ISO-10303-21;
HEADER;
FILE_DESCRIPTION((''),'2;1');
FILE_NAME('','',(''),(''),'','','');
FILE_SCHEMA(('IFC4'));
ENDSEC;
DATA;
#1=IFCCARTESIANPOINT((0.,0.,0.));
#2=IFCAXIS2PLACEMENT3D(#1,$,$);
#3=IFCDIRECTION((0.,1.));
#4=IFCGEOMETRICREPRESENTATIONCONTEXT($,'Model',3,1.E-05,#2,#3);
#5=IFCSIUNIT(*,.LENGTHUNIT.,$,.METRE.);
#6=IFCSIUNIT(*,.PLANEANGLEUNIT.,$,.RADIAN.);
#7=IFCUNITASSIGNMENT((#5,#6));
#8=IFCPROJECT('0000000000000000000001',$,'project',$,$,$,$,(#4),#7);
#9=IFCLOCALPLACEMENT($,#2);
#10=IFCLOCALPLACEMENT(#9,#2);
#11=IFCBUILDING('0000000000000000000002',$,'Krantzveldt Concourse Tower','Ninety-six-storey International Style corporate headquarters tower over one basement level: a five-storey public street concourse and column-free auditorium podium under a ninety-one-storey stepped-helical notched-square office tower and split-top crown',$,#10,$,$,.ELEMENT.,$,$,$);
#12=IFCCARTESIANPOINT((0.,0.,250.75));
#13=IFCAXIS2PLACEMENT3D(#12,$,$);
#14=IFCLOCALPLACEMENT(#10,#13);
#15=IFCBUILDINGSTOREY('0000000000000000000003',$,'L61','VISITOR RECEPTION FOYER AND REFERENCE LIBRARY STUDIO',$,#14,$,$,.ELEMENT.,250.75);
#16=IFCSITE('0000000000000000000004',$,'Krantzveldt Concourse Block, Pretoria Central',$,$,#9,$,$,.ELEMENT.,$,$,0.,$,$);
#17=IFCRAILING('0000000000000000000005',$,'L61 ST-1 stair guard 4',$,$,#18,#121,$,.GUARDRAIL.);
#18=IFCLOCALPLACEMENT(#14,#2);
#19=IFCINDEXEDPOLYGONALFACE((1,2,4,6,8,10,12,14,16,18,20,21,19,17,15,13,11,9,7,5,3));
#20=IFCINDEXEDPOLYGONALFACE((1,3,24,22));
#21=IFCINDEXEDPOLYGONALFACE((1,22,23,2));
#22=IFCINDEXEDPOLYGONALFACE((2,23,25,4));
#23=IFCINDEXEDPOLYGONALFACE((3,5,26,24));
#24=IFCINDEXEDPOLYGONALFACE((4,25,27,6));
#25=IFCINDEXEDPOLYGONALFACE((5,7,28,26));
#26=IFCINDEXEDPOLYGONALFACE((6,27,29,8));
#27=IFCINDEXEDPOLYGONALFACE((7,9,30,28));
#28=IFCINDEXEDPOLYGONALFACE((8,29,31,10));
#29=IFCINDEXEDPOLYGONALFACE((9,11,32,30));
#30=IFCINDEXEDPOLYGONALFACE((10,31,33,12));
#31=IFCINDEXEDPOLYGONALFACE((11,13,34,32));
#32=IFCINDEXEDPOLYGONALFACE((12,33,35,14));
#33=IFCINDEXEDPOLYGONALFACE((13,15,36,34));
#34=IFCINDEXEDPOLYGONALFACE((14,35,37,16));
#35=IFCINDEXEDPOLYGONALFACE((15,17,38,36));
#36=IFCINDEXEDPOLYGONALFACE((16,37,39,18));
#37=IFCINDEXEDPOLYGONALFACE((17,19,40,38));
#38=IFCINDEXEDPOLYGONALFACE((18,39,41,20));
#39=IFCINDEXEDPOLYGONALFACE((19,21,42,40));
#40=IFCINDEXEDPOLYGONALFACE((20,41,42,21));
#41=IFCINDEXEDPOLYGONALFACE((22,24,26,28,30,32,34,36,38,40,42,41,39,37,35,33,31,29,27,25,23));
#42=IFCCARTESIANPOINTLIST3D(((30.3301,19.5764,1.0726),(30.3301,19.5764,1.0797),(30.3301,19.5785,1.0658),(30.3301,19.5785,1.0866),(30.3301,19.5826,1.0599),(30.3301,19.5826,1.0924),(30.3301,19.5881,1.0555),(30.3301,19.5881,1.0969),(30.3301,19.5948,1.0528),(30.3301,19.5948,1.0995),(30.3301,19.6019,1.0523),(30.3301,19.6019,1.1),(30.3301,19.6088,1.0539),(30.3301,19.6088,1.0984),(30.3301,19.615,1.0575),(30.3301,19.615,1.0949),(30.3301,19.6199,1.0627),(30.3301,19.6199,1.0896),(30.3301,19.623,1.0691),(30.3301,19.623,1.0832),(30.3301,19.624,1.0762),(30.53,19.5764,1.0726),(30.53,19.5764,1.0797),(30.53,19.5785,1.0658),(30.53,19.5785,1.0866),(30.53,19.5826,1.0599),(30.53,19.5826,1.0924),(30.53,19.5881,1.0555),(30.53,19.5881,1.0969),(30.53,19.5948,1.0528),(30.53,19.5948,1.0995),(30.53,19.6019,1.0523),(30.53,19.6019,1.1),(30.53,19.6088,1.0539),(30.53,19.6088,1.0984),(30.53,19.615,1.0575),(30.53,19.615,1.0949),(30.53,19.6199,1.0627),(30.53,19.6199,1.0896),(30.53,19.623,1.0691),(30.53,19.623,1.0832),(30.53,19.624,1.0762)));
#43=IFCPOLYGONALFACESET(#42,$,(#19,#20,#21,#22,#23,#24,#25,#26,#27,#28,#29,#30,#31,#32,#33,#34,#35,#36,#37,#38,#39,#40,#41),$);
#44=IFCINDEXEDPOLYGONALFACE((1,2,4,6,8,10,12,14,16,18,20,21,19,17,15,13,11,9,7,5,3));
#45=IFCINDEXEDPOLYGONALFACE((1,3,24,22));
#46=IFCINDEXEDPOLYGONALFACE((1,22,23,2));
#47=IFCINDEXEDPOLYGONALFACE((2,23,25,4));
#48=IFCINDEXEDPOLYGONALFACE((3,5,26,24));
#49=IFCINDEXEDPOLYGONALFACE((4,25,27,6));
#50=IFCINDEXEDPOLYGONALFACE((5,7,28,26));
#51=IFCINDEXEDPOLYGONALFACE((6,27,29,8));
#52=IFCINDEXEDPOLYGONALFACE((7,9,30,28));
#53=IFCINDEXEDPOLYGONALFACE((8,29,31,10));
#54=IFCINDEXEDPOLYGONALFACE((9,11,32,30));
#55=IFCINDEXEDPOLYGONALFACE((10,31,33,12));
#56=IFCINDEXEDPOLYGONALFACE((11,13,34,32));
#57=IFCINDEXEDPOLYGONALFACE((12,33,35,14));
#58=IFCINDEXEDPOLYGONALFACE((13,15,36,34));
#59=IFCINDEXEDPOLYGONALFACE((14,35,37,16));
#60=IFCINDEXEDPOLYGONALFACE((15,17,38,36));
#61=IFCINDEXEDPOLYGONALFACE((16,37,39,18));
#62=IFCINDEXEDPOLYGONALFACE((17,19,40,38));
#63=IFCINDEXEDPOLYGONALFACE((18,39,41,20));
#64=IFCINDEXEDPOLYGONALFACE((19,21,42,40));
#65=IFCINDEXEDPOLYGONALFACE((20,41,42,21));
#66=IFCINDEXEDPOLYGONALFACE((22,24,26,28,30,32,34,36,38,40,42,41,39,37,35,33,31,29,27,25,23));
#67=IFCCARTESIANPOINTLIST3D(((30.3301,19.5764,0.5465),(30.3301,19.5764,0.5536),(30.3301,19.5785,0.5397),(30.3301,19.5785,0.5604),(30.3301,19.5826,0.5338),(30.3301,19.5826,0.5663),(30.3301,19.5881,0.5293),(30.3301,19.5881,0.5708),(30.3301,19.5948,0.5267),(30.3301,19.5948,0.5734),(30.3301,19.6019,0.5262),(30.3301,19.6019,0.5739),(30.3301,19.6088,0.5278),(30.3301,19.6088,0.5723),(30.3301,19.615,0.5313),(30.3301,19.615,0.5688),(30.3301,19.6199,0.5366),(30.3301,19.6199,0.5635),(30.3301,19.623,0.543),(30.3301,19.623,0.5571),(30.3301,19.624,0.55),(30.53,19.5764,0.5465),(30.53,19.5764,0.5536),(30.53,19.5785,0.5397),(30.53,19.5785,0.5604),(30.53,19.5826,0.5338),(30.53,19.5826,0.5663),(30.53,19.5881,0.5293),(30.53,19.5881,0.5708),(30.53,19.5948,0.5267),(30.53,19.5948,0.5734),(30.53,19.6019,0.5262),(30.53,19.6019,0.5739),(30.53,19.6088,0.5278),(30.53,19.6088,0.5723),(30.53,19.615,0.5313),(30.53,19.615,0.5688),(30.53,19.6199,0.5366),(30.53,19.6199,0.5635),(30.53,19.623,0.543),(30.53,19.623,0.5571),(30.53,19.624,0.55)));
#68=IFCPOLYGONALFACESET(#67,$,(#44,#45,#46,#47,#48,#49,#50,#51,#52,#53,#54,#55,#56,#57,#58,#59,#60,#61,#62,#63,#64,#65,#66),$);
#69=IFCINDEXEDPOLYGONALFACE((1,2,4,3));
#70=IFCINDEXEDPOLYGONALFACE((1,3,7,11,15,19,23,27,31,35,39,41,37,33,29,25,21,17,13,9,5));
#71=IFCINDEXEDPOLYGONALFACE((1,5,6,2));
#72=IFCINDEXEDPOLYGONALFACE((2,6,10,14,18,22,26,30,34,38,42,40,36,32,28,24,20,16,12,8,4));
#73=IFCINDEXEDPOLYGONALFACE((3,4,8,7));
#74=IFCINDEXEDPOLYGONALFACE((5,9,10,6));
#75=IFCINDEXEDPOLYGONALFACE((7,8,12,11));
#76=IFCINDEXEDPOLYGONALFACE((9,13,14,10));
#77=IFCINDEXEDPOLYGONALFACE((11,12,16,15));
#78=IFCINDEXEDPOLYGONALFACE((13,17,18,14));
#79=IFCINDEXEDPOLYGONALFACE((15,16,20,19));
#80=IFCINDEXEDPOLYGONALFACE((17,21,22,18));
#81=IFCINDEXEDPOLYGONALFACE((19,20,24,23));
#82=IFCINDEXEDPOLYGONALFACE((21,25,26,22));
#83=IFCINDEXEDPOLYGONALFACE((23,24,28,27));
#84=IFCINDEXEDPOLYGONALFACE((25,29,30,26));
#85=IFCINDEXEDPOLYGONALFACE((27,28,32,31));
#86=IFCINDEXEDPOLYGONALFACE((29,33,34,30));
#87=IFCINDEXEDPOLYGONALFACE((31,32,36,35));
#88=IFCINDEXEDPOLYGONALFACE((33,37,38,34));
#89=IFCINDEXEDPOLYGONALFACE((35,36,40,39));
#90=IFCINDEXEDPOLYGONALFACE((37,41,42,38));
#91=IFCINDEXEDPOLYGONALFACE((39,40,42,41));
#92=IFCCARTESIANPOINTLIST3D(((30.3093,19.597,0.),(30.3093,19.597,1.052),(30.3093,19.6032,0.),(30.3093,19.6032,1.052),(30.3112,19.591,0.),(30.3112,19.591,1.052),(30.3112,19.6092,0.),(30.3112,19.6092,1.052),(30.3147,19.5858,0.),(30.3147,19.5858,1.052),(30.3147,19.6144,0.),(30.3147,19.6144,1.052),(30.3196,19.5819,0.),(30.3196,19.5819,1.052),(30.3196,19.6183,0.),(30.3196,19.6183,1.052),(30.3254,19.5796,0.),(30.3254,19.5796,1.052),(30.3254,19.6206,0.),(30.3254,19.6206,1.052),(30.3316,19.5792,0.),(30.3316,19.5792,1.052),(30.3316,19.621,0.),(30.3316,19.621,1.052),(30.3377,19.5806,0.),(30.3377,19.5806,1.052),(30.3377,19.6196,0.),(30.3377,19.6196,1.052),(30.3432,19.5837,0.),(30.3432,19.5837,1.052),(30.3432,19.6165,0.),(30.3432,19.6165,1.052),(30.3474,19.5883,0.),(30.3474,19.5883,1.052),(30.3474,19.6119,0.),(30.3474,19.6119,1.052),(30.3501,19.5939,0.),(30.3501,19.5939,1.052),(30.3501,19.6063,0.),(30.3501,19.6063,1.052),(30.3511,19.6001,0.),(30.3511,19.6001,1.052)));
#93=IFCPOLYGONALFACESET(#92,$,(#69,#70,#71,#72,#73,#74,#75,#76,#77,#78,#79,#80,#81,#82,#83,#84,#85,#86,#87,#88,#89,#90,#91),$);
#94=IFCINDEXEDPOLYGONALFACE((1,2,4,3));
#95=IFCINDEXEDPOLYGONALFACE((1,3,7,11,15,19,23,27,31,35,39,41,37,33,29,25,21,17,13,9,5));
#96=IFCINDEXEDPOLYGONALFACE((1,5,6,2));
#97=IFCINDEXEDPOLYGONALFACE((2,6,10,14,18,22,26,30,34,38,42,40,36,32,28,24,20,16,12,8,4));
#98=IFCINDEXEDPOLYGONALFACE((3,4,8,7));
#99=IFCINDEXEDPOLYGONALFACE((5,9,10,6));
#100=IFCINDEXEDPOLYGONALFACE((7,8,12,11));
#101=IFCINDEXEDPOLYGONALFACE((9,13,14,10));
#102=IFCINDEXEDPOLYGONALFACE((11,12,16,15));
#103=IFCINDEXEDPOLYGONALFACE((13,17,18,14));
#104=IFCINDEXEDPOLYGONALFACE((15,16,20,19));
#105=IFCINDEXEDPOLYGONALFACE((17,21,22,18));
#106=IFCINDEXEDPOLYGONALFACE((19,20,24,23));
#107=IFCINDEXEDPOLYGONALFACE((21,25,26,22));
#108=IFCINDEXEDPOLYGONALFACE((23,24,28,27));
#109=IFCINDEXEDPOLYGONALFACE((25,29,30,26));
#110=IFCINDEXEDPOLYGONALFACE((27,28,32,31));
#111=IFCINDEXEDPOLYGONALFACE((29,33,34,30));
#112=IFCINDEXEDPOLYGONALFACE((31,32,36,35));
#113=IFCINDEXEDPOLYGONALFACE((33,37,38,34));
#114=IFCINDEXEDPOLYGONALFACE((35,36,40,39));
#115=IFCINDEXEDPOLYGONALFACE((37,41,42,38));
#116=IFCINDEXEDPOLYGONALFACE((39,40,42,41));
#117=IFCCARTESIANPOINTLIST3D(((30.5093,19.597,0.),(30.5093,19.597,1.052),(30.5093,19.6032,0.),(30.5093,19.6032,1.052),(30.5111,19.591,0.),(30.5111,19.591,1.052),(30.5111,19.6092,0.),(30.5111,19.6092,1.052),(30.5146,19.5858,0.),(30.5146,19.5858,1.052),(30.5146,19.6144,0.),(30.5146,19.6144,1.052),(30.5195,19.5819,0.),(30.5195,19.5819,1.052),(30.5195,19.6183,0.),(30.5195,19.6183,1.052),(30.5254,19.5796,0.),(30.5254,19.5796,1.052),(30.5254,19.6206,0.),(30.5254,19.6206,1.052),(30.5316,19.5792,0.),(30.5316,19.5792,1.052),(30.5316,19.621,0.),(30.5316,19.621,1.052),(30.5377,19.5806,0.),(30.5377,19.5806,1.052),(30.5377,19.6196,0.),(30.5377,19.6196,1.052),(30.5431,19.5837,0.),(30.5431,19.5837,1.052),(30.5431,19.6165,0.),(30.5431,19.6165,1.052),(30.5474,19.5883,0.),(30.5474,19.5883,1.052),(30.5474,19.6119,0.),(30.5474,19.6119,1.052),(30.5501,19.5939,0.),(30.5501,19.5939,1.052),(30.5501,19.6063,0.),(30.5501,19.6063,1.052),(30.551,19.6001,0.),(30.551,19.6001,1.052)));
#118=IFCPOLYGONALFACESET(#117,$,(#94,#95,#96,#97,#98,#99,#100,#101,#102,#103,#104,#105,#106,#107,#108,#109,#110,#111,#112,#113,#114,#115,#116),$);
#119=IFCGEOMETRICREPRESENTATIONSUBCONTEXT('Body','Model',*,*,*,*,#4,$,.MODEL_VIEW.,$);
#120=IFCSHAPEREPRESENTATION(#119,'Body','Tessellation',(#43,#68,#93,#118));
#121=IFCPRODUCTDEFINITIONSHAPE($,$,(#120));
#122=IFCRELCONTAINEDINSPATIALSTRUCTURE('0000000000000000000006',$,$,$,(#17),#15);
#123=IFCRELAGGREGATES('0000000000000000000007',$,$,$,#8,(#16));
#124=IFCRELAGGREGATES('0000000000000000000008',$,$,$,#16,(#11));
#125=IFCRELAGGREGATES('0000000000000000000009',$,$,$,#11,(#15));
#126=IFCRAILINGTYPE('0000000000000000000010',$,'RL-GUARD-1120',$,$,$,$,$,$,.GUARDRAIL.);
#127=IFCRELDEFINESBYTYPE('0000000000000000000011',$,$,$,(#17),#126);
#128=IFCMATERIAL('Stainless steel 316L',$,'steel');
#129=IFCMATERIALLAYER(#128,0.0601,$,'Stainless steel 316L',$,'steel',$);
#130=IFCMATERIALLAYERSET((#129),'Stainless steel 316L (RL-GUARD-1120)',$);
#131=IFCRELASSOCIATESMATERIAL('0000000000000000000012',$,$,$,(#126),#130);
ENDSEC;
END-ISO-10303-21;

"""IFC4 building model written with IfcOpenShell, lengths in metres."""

from ifc_helpers import new_model, si_unit, direction, frame, origin, origin_2d, place, context, subcontext, project, spatial, circle, extrude, material, layer, layer_set, type_object, element, save


model = new_model("IFC4")

# Units and contexts
model_context = context("Model", 3, precision=1e-05, world=origin(), true_north=direction((0.0, 1.0)))
body_context = subcontext(model_context, "Body", "Model", "MODEL_VIEW")
ifc_project = project(units=[si_unit("LENGTHUNIT", "METRE"), si_unit("PLANEANGLEUNIT", "RADIAN")], contexts=[model_context])

# Site, building, storey
site_placement = place(None, origin())
site = spatial("IfcSite", under=ifc_project, at=site_placement, Name="Krantzveldt Concourse Block, Pretoria Central", CompositionType="ELEMENT", RefElevation=0.0)
building_placement = place(site_placement, origin())
building = spatial("IfcBuilding", under=site, at=building_placement, Name="Krantzveldt Concourse Tower", Description="Ninety-six-storey International Style corporate headquarters tower over one basement level: a five-storey public street concourse and column-free auditorium podium under a ninety-one-storey stepped-helical notched-square office tower and split-top crown", CompositionType="ELEMENT")
storey_placement = place(building_placement, frame((0.0, 0.0, 250.75)))
storey = spatial("IfcBuildingStorey", under=building, at=storey_placement, Name="L61", Description="VISITOR RECEPTION FOYER AND REFERENCE LIBRARY STUDIO", CompositionType="ELEMENT", Elevation=250.75)

# Railing
ifc_material_1 = material(Name="Stainless steel 316L", Category="steel")
ifc_layer_1 = layer(ifc_material_1, 0.0601, Name="Stainless steel 316L", Category="steel")
ifc_layer_set_1 = layer_set([ifc_layer_1], Name="Stainless steel 316L (RL-GUARD-1120)")
railing_type_1 = type_object("IfcRailingType", Name="RL-GUARD-1120", PredefinedType="GUARDRAIL", material=ifc_layer_set_1)
railing_1_placement = place(storey_placement, frame((30.3301, 19.6001, 0.0)))
element("IfcRailing", 1, at=railing_1_placement, inside=storey, type_object=railing_type_1, Name="L61 ST-1 stair guard 4", PredefinedType="GUARDRAIL", context=body_context, shape_type="SweptSolid", body=[
    extrude(circle(Radius=0.0239, at=origin_2d()), frame((0.0, 0.0, 1.0762), z_axis=(1.0, 0.0, 0.0), x_axis=(0.0, 1.0, 0.0)), (0.0, 0.0, 1.0), 0.2),
    extrude(circle(Radius=0.0239, at=origin_2d()), frame((0.0, 0.0, 0.55), z_axis=(1.0, 0.0, 0.0), x_axis=(0.0, 1.0, 0.0)), (0.0, 0.0, 1.0), 0.2),
    extrude(circle(Radius=0.021, at=origin_2d()), origin(), (0.0, 0.0, 1.0), 1.052),
    extrude(circle(Radius=0.021, at=origin_2d()), frame((0.2, 0.0, 0.0)), (0.0, 0.0, 1.0), 1.052),
])

save(model, "model.ifc")
